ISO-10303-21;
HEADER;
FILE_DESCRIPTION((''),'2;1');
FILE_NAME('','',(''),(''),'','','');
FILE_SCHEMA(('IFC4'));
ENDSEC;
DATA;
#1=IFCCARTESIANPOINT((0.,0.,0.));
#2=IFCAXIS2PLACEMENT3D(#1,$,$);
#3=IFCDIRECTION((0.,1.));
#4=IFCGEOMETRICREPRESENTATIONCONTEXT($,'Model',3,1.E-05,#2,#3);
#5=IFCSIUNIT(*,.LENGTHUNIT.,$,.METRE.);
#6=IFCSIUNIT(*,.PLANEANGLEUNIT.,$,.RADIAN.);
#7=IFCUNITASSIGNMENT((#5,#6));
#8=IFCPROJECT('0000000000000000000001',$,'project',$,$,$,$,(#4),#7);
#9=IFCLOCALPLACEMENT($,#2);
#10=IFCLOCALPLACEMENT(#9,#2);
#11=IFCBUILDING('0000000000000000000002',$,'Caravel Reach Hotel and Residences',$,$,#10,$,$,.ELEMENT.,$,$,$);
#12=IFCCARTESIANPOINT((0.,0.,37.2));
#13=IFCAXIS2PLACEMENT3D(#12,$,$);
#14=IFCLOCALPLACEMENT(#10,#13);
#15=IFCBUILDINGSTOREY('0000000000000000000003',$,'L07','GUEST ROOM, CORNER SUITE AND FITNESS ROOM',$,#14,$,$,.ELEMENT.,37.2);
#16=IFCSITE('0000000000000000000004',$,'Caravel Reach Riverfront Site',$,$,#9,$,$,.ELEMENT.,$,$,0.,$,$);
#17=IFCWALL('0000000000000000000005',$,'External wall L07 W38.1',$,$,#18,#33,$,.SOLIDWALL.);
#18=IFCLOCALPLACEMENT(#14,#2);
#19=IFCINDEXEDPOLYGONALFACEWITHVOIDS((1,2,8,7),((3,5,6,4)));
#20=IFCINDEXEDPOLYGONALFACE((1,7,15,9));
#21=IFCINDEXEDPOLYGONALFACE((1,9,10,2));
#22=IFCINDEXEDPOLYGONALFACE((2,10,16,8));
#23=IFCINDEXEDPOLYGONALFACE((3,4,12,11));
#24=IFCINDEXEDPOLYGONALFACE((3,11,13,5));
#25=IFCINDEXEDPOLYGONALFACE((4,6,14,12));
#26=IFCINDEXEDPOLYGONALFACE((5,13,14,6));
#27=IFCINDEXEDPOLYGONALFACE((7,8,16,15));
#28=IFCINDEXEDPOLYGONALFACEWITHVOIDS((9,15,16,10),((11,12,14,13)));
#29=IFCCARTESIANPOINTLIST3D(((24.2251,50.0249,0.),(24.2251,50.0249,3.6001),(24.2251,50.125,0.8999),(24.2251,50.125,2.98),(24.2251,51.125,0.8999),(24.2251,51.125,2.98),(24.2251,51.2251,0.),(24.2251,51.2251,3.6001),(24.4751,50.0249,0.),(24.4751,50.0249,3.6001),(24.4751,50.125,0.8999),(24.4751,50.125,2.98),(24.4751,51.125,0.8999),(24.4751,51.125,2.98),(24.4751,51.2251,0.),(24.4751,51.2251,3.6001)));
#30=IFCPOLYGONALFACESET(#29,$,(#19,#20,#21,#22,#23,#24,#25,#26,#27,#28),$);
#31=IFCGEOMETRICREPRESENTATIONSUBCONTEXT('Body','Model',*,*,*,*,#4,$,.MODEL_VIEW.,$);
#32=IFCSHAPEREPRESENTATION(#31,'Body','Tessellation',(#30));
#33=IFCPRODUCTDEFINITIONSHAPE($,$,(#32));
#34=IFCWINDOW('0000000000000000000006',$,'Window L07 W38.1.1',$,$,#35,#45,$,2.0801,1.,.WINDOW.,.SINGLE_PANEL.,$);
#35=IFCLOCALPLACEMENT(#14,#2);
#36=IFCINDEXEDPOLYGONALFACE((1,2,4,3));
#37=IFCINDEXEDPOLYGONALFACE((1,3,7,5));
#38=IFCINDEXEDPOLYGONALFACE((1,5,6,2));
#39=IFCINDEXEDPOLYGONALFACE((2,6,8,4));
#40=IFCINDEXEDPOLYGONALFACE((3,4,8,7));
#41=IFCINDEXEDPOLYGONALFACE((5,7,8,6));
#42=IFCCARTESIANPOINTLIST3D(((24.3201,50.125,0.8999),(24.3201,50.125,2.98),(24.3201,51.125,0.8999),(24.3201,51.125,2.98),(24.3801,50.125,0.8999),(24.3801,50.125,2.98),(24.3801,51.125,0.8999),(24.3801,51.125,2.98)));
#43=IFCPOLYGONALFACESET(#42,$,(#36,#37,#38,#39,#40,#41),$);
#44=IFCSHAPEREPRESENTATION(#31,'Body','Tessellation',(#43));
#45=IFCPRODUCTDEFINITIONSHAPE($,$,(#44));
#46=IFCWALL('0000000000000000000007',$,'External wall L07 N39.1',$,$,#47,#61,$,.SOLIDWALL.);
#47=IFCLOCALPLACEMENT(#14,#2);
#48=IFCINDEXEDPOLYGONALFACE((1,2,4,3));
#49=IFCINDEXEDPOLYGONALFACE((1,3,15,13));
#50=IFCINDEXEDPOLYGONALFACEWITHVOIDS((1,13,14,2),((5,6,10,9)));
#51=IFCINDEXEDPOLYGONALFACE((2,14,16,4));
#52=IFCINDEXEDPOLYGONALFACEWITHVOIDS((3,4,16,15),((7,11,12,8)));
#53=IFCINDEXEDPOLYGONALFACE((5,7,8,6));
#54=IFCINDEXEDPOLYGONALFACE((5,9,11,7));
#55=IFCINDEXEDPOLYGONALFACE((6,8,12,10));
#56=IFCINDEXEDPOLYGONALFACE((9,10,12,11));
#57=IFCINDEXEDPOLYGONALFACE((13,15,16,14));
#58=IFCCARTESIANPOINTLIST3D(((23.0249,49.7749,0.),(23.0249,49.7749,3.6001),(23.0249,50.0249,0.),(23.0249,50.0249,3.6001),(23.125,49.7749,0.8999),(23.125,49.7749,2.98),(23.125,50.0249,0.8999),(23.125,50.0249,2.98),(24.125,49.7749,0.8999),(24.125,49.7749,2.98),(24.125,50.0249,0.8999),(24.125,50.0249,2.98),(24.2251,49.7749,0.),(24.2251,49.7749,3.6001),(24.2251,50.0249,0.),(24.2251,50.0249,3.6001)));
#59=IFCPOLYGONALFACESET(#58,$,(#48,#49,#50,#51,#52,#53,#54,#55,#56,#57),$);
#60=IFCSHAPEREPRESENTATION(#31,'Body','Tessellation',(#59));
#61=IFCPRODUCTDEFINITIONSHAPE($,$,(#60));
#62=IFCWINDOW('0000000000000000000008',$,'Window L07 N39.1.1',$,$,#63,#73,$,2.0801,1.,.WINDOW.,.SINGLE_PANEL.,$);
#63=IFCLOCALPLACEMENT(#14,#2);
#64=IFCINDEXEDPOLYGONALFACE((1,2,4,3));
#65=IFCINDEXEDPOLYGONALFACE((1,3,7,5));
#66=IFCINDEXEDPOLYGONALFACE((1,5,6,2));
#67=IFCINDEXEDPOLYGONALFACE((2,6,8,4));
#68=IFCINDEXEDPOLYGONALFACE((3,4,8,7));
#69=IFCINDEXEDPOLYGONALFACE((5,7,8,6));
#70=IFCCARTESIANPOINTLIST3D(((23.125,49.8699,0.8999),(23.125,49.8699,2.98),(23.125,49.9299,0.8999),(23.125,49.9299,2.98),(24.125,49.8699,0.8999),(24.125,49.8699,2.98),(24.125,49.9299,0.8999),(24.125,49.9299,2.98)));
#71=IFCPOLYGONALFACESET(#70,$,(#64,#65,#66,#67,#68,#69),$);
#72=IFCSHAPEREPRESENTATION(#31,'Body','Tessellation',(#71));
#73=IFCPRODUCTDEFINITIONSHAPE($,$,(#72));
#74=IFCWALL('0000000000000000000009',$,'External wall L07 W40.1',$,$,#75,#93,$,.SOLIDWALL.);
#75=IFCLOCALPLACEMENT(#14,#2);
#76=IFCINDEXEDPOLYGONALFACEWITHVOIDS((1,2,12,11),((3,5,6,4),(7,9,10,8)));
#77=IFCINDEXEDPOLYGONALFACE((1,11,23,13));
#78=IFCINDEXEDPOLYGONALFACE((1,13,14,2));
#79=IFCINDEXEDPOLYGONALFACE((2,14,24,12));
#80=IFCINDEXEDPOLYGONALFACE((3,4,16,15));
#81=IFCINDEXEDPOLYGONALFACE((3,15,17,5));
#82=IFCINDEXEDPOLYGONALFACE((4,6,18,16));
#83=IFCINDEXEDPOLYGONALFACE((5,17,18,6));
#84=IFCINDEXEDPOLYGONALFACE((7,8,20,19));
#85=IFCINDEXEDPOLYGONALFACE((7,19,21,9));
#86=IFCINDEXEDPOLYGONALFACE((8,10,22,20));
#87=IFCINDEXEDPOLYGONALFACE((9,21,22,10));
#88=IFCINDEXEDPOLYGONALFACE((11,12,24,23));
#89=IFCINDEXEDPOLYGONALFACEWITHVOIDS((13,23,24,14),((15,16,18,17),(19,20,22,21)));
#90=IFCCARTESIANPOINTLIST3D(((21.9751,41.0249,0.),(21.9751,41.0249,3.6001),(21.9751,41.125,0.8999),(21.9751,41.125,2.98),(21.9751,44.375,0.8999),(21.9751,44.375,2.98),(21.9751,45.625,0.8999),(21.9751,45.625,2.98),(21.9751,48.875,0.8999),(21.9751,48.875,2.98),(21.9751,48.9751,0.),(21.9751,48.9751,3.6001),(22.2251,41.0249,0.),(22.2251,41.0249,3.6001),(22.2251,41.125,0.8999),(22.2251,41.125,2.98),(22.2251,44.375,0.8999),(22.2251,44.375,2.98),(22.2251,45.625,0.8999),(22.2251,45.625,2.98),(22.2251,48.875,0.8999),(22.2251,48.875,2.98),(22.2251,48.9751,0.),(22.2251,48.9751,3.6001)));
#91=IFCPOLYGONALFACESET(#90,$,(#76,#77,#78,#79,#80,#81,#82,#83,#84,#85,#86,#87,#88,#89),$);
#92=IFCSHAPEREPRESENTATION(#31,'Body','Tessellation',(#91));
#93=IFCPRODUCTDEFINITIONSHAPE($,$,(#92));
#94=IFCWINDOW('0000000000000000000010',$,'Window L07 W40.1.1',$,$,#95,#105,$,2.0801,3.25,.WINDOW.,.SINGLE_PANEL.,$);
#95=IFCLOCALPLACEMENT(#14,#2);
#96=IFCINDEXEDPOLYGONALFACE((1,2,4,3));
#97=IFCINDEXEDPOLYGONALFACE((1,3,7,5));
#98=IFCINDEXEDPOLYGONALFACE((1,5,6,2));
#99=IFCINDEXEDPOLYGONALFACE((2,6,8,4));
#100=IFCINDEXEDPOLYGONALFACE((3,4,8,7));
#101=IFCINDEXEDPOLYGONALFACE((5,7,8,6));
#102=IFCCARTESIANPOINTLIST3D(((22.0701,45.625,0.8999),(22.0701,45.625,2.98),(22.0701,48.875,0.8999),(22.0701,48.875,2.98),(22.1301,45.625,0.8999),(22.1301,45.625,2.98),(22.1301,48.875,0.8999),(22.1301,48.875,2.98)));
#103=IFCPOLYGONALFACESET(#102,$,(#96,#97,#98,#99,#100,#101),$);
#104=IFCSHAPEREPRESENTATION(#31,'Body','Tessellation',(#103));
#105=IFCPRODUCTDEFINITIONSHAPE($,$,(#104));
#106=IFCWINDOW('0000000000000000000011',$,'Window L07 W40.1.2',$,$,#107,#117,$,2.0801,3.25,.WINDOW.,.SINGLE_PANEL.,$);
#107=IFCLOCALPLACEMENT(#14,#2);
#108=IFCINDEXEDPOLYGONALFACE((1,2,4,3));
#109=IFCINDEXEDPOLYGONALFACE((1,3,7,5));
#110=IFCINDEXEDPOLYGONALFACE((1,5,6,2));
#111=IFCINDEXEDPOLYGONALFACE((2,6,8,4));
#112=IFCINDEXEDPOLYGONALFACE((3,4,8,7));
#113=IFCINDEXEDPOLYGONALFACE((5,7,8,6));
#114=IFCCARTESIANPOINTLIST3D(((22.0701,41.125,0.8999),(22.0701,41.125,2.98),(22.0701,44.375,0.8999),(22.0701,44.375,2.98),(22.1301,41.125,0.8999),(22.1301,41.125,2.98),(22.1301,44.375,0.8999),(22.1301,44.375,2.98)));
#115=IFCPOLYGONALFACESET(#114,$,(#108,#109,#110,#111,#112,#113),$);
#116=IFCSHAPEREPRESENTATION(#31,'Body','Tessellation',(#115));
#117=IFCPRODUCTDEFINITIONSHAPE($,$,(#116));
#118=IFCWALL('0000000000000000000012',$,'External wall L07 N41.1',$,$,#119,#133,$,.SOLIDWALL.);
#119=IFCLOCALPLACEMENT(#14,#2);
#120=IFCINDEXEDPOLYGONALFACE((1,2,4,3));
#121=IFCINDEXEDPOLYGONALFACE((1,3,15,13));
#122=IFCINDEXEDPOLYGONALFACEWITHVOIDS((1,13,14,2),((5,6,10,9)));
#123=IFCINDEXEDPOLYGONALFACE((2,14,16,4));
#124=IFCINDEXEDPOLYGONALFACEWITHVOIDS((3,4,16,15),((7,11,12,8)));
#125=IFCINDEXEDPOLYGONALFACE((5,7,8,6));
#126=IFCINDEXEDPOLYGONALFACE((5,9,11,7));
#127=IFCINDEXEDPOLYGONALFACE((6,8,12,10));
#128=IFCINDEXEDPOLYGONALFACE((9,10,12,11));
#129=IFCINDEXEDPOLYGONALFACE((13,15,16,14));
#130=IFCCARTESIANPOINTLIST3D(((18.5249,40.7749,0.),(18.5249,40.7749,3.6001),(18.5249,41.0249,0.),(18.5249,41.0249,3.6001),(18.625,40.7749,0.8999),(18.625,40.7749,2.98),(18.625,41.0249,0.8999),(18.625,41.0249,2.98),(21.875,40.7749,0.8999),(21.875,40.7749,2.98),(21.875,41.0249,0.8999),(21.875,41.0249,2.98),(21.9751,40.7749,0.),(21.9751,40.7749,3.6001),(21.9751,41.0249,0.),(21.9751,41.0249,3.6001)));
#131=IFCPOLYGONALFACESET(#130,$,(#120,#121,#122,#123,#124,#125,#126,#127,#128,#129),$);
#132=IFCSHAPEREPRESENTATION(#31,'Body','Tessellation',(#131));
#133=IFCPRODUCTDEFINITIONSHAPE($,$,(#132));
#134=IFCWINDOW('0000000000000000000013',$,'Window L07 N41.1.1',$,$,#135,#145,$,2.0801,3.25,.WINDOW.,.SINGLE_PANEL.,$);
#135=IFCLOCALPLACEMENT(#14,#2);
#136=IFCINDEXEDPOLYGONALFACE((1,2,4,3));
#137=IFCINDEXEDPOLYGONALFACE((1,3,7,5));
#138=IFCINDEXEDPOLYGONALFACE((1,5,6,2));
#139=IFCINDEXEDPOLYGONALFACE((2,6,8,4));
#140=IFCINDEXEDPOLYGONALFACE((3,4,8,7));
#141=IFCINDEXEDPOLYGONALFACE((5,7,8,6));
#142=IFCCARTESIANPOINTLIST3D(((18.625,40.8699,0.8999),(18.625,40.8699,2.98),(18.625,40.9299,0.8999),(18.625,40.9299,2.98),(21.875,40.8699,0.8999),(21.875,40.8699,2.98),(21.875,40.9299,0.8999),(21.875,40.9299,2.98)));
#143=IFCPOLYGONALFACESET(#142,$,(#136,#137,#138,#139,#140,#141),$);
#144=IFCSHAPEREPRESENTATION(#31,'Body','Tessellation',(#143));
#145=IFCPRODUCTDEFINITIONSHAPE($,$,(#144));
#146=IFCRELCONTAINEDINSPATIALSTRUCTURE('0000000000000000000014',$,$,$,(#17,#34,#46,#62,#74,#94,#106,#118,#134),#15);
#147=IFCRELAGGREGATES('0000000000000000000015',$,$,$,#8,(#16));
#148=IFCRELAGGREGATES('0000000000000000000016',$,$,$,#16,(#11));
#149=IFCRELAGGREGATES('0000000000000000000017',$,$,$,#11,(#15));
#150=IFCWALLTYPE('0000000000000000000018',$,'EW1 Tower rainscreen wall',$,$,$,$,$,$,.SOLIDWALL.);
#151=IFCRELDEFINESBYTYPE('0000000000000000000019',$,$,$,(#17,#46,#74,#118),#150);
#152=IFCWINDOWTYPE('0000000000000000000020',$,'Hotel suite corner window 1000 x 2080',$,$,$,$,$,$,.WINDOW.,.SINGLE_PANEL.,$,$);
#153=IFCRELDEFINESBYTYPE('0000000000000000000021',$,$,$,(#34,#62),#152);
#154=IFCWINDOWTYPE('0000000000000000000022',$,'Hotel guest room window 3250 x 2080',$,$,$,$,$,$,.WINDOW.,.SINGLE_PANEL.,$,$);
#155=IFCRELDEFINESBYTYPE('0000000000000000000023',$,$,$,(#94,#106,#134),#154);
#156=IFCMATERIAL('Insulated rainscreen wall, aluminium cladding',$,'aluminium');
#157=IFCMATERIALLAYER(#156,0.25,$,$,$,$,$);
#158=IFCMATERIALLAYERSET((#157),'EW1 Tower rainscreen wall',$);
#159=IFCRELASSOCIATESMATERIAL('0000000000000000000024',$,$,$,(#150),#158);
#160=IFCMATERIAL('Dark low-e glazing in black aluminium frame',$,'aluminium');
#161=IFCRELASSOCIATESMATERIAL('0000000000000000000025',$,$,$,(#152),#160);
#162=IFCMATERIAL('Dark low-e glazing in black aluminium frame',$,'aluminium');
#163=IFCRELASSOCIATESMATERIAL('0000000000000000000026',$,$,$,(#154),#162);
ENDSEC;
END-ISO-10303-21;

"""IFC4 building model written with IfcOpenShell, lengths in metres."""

from ifc_helpers import new_model, si_unit, direction, frame, frame_2d, origin, place, context, subcontext, project, spatial, rectangle, extrude, material, layer, layer_set, type_object, element, fill, save


model = new_model("IFC4")

# Units and contexts
model_context = context("Model", 3, precision=1e-05, world=origin(), true_north=direction((0.0, 1.0)))
body_context = subcontext(model_context, "Body", "Model", "MODEL_VIEW")
ifc_project = project(units=[si_unit("LENGTHUNIT", "METRE"), si_unit("PLANEANGLEUNIT", "RADIAN")], contexts=[model_context])

# Site, building, storey
site_placement = place(None, origin())
site = spatial("IfcSite", under=ifc_project, at=site_placement, Name="Caravel Reach Riverfront Site", CompositionType="ELEMENT", RefElevation=0.0)
building_placement = place(site_placement, origin())
building = spatial("IfcBuilding", under=site, at=building_placement, Name="Caravel Reach Hotel and Residences", CompositionType="ELEMENT")
storey_placement = place(building_placement, frame((0.0, 0.0, 37.2)))
storey = spatial("IfcBuildingStorey", under=building, at=storey_placement, Name="L07", Description="GUEST ROOM, CORNER SUITE AND FITNESS ROOM", CompositionType="ELEMENT", Elevation=37.2)

# Walls, openings, windows
ifc_material_1 = material(Name="Insulated rainscreen wall, aluminium cladding", Category="aluminium")
ifc_layer_1 = layer(ifc_material_1, 0.25)
ifc_layer_set_1 = layer_set([ifc_layer_1], Name="EW1 Tower rainscreen wall")
wall_type_1 = type_object("IfcWallType", Name="EW1 Tower rainscreen wall", PredefinedType="SOLIDWALL", material=ifc_layer_set_1)
ifc_material_2 = material(Name="Dark low-e glazing in black aluminium frame", Category="aluminium")
window_type_1 = type_object("IfcWindowType", Name="Hotel suite corner window 1000 x 2080", PartitioningType="SINGLE_PANEL", PredefinedType="WINDOW", material=ifc_material_2)
wall_1_placement = place(storey_placement, frame((24.3501, 51.2251, 0.0), z_axis=(0.0, 0.0, 1.0), x_axis=(0.0, -1.0, 0.0)))
wall_1 = element("IfcWall", 1, at=wall_1_placement, inside=storey, type_object=wall_type_1, Name="External wall L07 W38.1", PredefinedType="SOLIDWALL", context=body_context, shape_type="SweptSolid", body=[
    extrude(rectangle(XDim=1.2002, YDim=0.25, at=frame_2d((0.6001, 0.0))), origin(), (0.0, 0.0, 1.0), 3.6001),
])
opening_1_placement = place(wall_1_placement, frame((0.1001, 0.0, 0.8999)))
opening_1 = element("IfcOpeningElement", 2, at=opening_1_placement, cuts=wall_1, PredefinedType="OPENING", context=body_context, shape_type="SweptSolid", body=[
    extrude(rectangle(XDim=1.0, YDim=2.0801, at=frame_2d((0.5, 1.04))), frame((0.0, 0.135, 0.0), z_axis=(0.0, -1.0, 0.0), x_axis=(1.0, 0.0, 0.0)), (0.0, 0.0, 1.0), 0.27),
])
window_1_placement = place(opening_1_placement, origin())
window_1 = element("IfcWindow", 3, at=window_1_placement, inside=storey, type_object=window_type_1, Name="Window L07 W38.1.1", OverallHeight=2.0801, OverallWidth=1.0, PartitioningType="SINGLE_PANEL", PredefinedType="WINDOW", context=body_context, shape_type="SweptSolid", body=[
    extrude(rectangle(XDim=1.0, YDim=2.0801, at=frame_2d((0.5, 1.04))), frame((0.0, 0.03, 0.0), z_axis=(0.0, -1.0, 0.0), x_axis=(1.0, 0.0, 0.0)), (0.0, 0.0, 1.0), 0.0601),
])
fill(opening_1, window_1)
wall_2_placement = place(storey_placement, frame((24.2251, 49.8999, 0.0), z_axis=(0.0, 0.0, 1.0), x_axis=(-1.0, 0.0, 0.0)))
wall_2 = element("IfcWall", 4, at=wall_2_placement, inside=storey, type_object=wall_type_1, Name="External wall L07 N39.1", PredefinedType="SOLIDWALL", context=body_context, shape_type="SweptSolid", body=[
    extrude(rectangle(XDim=1.2002, YDim=0.25, at=frame_2d((0.6001, 0.0))), origin(), (0.0, 0.0, 1.0), 3.6001),
])
opening_2_placement = place(wall_2_placement, frame((0.1001, 0.0, 0.8999)))
opening_2 = element("IfcOpeningElement", 5, at=opening_2_placement, cuts=wall_2, PredefinedType="OPENING", context=body_context, shape_type="SweptSolid", body=[
    extrude(rectangle(XDim=1.0, YDim=2.0801, at=frame_2d((0.5, 1.04))), frame((0.0, 0.135, 0.0), z_axis=(0.0, -1.0, 0.0), x_axis=(1.0, 0.0, 0.0)), (0.0, 0.0, 1.0), 0.27),
])
window_2_placement = place(opening_2_placement, origin())
window_2 = element("IfcWindow", 6, at=window_2_placement, inside=storey, type_object=window_type_1, Name="Window L07 N39.1.1", OverallHeight=2.0801, OverallWidth=1.0, PartitioningType="SINGLE_PANEL", PredefinedType="WINDOW", context=body_context, shape_type="SweptSolid", body=[
    extrude(rectangle(XDim=1.0, YDim=2.0801, at=frame_2d((0.5, 1.04))), frame((0.0, 0.03, 0.0), z_axis=(0.0, -1.0, 0.0), x_axis=(1.0, 0.0, 0.0)), (0.0, 0.0, 1.0), 0.0601),
])
fill(opening_2, window_2)

# Wall, openings, windows
wall_3_placement = place(storey_placement, frame((22.1001, 48.9751, 0.0), z_axis=(0.0, 0.0, 1.0), x_axis=(0.0, -1.0, 0.0)))
wall_3 = element("IfcWall", 7, at=wall_3_placement, inside=storey, type_object=wall_type_1, Name="External wall L07 W40.1", PredefinedType="SOLIDWALL", context=body_context, shape_type="SweptSolid", body=[
    extrude(rectangle(XDim=7.9502, YDim=0.25, at=frame_2d((3.9751, 0.0))), origin(), (0.0, 0.0, 1.0), 3.6001),
])
opening_3_placement = place(wall_3_placement, frame((0.1001, 0.0, 0.8999)))
opening_3 = element("IfcOpeningElement", 8, at=opening_3_placement, cuts=wall_3, PredefinedType="OPENING", context=body_context, shape_type="SweptSolid", body=[
    extrude(rectangle(XDim=3.25, YDim=2.0801, at=frame_2d((1.625, 1.04))), frame((0.0, 0.135, 0.0), z_axis=(0.0, -1.0, 0.0), x_axis=(1.0, 0.0, 0.0)), (0.0, 0.0, 1.0), 0.27),
])
opening_4_placement = place(wall_3_placement, frame((4.6001, 0.0, 0.8999)))
opening_4 = element("IfcOpeningElement", 9, at=opening_4_placement, cuts=wall_3, PredefinedType="OPENING", context=body_context, shape_type="SweptSolid", body=[
    extrude(rectangle(XDim=3.25, YDim=2.0801, at=frame_2d((1.625, 1.04))), frame((0.0, 0.135, 0.0), z_axis=(0.0, -1.0, 0.0), x_axis=(1.0, 0.0, 0.0)), (0.0, 0.0, 1.0), 0.27),
])
ifc_material_3 = material(Name="Dark low-e glazing in black aluminium frame", Category="aluminium")
window_type_2 = type_object("IfcWindowType", Name="Hotel guest room window 3250 x 2080", PartitioningType="SINGLE_PANEL", PredefinedType="WINDOW", material=ifc_material_3)
window_3_placement = place(opening_3_placement, origin())
window_3 = element("IfcWindow", 10, at=window_3_placement, inside=storey, type_object=window_type_2, Name="Window L07 W40.1.1", OverallHeight=2.0801, OverallWidth=3.25, PartitioningType="SINGLE_PANEL", PredefinedType="WINDOW", context=body_context, shape_type="SweptSolid", body=[
    extrude(rectangle(XDim=3.25, YDim=2.0801, at=frame_2d((1.625, 1.04))), frame((0.0, 0.03, 0.0), z_axis=(0.0, -1.0, 0.0), x_axis=(1.0, 0.0, 0.0)), (0.0, 0.0, 1.0), 0.0601),
])
fill(opening_3, window_3)
window_4_placement = place(opening_4_placement, origin())
window_4 = element("IfcWindow", 11, at=window_4_placement, inside=storey, type_object=window_type_2, Name="Window L07 W40.1.2", OverallHeight=2.0801, OverallWidth=3.25, PartitioningType="SINGLE_PANEL", PredefinedType="WINDOW", context=body_context, shape_type="SweptSolid", body=[
    extrude(rectangle(XDim=3.25, YDim=2.0801, at=frame_2d((1.625, 1.04))), frame((0.0, 0.03, 0.0), z_axis=(0.0, -1.0, 0.0), x_axis=(1.0, 0.0, 0.0)), (0.0, 0.0, 1.0), 0.0601),
])
fill(opening_4, window_4)

# Wall, opening, window
wall_4_placement = place(storey_placement, frame((21.9751, 40.8999, 0.0), z_axis=(0.0, 0.0, 1.0), x_axis=(-1.0, 0.0, 0.0)))
wall_4 = element("IfcWall", 12, at=wall_4_placement, inside=storey, type_object=wall_type_1, Name="External wall L07 N41.1", PredefinedType="SOLIDWALL", context=body_context, shape_type="SweptSolid", body=[
    extrude(rectangle(XDim=3.4502, YDim=0.25, at=frame_2d((1.7251, 0.0))), origin(), (0.0, 0.0, 1.0), 3.6001),
])
opening_5_placement = place(wall_4_placement, frame((0.1001, 0.0, 0.8999)))
opening_5 = element("IfcOpeningElement", 13, at=opening_5_placement, cuts=wall_4, PredefinedType="OPENING", context=body_context, shape_type="SweptSolid", body=[
    extrude(rectangle(XDim=3.25, YDim=2.0801, at=frame_2d((1.625, 1.04))), frame((0.0, 0.135, 0.0), z_axis=(0.0, -1.0, 0.0), x_axis=(1.0, 0.0, 0.0)), (0.0, 0.0, 1.0), 0.27),
])
window_5_placement = place(opening_5_placement, origin())
window_5 = element("IfcWindow", 14, at=window_5_placement, inside=storey, type_object=window_type_2, Name="Window L07 N41.1.1", OverallHeight=2.0801, OverallWidth=3.25, PartitioningType="SINGLE_PANEL", PredefinedType="WINDOW", context=body_context, shape_type="SweptSolid", body=[
    extrude(rectangle(XDim=3.25, YDim=2.0801, at=frame_2d((1.625, 1.04))), frame((0.0, 0.03, 0.0), z_axis=(0.0, -1.0, 0.0), x_axis=(1.0, 0.0, 0.0)), (0.0, 0.0, 1.0), 0.0601),
])
fill(opening_5, window_5)

save(model, "model.ifc")
